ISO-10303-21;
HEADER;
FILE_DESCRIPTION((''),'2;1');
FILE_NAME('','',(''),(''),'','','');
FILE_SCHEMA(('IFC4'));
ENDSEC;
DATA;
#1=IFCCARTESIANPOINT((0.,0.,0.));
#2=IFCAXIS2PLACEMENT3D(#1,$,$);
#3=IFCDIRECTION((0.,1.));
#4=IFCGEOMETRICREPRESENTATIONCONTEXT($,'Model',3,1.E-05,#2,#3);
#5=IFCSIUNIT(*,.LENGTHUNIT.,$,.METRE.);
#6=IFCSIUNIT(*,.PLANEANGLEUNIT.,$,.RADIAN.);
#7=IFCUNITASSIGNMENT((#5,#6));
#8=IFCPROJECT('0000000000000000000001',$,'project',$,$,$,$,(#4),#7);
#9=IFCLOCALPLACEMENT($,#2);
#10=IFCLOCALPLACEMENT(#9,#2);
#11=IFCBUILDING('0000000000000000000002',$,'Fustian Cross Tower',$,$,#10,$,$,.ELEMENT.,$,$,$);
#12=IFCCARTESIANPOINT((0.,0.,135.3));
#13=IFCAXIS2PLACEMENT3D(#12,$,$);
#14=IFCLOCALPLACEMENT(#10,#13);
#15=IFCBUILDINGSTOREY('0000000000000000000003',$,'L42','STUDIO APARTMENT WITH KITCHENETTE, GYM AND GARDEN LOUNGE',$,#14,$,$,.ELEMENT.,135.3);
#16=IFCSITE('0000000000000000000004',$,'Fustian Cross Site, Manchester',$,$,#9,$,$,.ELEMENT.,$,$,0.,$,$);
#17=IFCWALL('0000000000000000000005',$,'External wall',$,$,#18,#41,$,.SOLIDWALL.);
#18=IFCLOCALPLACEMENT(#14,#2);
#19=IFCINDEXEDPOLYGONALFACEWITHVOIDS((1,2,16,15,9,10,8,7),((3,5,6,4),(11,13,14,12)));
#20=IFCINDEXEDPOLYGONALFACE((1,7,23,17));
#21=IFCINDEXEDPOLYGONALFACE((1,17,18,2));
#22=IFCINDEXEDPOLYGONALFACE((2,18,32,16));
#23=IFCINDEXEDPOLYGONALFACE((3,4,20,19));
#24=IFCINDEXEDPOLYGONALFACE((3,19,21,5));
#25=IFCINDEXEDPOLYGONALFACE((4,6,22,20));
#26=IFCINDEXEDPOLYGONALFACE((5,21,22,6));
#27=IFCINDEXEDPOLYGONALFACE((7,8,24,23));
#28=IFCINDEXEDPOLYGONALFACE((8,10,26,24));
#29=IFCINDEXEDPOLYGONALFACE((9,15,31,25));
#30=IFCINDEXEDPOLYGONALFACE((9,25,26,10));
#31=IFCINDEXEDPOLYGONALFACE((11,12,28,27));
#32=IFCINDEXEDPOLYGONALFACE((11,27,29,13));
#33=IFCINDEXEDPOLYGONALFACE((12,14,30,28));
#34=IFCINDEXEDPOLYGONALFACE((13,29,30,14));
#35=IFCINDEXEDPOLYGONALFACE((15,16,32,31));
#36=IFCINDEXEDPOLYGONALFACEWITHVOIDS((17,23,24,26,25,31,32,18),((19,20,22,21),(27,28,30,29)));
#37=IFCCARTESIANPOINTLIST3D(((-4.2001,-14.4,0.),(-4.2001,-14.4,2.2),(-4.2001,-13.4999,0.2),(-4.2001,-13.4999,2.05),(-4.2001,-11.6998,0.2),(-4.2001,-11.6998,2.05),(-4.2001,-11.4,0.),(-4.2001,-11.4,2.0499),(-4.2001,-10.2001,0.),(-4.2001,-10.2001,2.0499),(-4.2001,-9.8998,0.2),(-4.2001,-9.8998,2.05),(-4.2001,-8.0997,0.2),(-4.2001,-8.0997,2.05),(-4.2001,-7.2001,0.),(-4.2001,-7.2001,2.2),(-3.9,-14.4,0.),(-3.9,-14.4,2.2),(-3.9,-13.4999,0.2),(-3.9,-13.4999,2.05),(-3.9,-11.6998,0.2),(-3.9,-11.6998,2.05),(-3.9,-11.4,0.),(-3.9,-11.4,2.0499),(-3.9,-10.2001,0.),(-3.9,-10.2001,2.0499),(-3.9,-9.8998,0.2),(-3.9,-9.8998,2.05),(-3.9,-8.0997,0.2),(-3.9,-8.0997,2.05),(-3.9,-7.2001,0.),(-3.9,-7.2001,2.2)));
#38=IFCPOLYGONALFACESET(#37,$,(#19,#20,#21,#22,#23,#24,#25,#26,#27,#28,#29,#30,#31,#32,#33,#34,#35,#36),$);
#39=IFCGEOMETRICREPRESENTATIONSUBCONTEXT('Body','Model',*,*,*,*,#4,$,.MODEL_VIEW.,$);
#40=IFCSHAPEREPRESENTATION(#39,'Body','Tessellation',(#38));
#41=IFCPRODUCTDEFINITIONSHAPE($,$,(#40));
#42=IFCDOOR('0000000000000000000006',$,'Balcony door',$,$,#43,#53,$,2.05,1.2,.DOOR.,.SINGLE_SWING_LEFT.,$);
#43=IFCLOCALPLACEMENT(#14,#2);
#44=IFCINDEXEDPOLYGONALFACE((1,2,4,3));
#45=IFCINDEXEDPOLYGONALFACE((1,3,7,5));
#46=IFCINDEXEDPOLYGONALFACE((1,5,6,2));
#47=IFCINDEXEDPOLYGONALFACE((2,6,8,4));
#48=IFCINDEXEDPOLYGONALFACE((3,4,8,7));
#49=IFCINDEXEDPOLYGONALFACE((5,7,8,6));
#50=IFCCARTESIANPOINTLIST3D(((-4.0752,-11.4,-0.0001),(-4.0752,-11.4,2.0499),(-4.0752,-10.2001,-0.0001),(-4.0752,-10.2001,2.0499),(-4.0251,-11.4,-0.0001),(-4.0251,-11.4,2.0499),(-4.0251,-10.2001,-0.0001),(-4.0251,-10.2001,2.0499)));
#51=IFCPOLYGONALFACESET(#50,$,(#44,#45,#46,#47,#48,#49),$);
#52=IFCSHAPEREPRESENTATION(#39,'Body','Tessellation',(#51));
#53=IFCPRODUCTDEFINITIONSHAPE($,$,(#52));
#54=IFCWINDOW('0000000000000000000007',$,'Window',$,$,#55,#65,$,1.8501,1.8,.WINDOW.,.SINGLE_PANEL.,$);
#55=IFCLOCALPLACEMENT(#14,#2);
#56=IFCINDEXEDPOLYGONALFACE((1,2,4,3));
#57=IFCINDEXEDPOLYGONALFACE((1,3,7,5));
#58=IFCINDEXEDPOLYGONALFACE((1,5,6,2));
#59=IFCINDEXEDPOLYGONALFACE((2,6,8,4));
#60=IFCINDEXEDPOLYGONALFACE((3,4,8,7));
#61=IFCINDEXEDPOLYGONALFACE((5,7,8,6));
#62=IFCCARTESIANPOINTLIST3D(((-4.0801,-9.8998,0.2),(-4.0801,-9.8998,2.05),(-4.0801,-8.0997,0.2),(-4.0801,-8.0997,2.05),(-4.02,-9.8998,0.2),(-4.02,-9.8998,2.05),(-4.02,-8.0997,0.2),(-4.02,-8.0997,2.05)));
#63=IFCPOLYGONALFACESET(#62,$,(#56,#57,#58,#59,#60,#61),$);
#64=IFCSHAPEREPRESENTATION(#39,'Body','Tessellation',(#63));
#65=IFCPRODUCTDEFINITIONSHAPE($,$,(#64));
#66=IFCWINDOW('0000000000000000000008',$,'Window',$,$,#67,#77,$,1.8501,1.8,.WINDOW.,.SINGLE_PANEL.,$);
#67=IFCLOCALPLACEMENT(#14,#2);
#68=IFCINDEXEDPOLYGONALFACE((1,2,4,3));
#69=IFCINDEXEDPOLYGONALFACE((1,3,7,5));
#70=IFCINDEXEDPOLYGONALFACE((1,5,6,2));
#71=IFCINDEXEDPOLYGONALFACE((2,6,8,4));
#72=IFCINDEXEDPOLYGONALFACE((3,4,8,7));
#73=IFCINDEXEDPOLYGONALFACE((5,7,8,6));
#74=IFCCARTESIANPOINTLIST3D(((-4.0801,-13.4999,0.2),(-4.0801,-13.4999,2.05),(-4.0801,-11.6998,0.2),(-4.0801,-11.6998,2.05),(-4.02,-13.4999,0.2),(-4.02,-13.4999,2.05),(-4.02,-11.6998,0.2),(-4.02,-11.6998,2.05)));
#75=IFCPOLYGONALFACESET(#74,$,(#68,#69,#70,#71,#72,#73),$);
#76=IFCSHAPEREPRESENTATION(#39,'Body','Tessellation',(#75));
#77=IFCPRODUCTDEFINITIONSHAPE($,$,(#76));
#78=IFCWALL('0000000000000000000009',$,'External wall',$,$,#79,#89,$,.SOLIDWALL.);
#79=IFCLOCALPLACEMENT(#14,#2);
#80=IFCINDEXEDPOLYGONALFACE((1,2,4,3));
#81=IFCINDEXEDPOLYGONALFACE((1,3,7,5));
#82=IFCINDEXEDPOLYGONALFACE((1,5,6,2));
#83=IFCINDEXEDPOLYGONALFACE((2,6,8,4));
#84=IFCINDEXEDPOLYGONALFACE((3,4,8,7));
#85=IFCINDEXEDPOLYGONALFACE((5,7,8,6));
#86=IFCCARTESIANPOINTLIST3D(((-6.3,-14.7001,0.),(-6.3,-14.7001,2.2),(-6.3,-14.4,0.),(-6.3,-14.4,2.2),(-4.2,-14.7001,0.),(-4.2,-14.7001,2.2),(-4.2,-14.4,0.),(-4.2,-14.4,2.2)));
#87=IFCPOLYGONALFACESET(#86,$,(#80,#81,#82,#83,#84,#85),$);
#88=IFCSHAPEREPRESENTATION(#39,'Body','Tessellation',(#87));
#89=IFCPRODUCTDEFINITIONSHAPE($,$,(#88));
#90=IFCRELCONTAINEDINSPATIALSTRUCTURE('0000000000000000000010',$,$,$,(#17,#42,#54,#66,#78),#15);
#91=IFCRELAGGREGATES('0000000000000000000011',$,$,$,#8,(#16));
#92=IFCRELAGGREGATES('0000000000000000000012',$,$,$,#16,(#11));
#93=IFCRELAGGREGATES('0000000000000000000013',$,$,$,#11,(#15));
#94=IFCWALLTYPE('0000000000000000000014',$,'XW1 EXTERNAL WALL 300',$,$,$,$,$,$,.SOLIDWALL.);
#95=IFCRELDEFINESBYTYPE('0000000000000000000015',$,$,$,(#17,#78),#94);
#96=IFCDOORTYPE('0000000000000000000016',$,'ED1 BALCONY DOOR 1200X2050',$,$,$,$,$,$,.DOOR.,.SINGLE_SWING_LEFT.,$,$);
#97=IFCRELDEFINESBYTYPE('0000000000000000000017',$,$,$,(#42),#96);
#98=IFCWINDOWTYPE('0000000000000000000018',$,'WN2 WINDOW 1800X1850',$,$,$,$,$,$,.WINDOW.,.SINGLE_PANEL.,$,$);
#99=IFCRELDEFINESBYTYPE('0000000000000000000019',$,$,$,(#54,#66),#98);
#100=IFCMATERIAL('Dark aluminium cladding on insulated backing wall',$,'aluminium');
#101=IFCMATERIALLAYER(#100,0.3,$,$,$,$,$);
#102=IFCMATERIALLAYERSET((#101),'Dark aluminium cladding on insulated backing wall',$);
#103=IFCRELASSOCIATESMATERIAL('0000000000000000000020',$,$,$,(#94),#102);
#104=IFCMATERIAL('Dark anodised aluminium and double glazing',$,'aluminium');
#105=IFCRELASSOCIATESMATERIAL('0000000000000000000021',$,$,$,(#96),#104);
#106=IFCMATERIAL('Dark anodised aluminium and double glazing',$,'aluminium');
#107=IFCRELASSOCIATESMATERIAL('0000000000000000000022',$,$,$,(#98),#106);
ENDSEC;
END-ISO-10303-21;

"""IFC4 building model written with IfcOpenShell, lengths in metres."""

from ifc_helpers import new_model, si_unit, direction, frame, frame_2d, origin, place, context, subcontext, project, spatial, rectangle, extrude, material, layer, layer_set, type_object, element, fill, save


model = new_model("IFC4")

# Units and contexts
model_context = context("Model", 3, precision=1e-05, world=origin(), true_north=direction((0.0, 1.0)))
body_context = subcontext(model_context, "Body", "Model", "MODEL_VIEW")
ifc_project = project(units=[si_unit("LENGTHUNIT", "METRE"), si_unit("PLANEANGLEUNIT", "RADIAN")], contexts=[model_context])

# Site, building, storey
site_placement = place(None, origin())
site = spatial("IfcSite", under=ifc_project, at=site_placement, Name="Fustian Cross Site, Manchester", CompositionType="ELEMENT", RefElevation=0.0)
building_placement = place(site_placement, origin())
building = spatial("IfcBuilding", under=site, at=building_placement, Name="Fustian Cross Tower", CompositionType="ELEMENT")
storey_placement = place(building_placement, frame((0.0, 0.0, 135.3)))
storey = spatial("IfcBuildingStorey", under=building, at=storey_placement, Name="L42", Description="STUDIO APARTMENT WITH KITCHENETTE, GYM AND GARDEN LOUNGE", CompositionType="ELEMENT", Elevation=135.3)

# Shared definitions
ifc_material_1 = material(Name="Dark aluminium cladding on insulated backing wall", Category="aluminium")
ifc_layer_1 = layer(ifc_material_1, 0.3)
ifc_layer_set_1 = layer_set([ifc_layer_1], Name="Dark aluminium cladding on insulated backing wall")
wall_type_1 = type_object("IfcWallType", Name="XW1 EXTERNAL WALL 300", PredefinedType="SOLIDWALL", material=ifc_layer_set_1)

# Wall, openings, door, windows
wall_1_placement = place(storey_placement, frame((-4.05, -7.2, 0.0), z_axis=(0.0, 0.0, 1.0), x_axis=(0.0, -1.0, 0.0)))
wall_1 = element("IfcWall", 1, at=wall_1_placement, inside=storey, type_object=wall_type_1, Name="External wall", PredefinedType="SOLIDWALL", context=body_context, shape_type="SweptSolid", body=[
    extrude(rectangle(XDim=7.2, YDim=0.3, at=frame_2d((3.6001, 0.0))), origin(), (0.0, 0.0, 1.0), 2.2),
])
opening_1_placement = place(wall_1_placement, frame((3.0, 0.0, 0.0)))
opening_1 = element("IfcOpeningElement", 2, at=opening_1_placement, cuts=wall_1, PredefinedType="OPENING", context=body_context, shape_type="SweptSolid", body=[
    extrude(rectangle(XDim=1.2, YDim=2.05, at=frame_2d((0.6001, 1.0249))), frame((0.0, 0.1599, 0.0), z_axis=(0.0, -1.0, 0.0), x_axis=(1.0, 0.0, 0.0)), (0.0, 0.0, 1.0), 0.3201),
])
opening_2_placement = place(wall_1_placement, frame((0.8999, 0.0, 0.2)))
opening_2 = element("IfcOpeningElement", 3, at=opening_2_placement, cuts=wall_1, PredefinedType="OPENING", context=body_context, shape_type="SweptSolid", body=[
    extrude(rectangle(XDim=1.8, YDim=1.8501, at=frame_2d((0.8999, 0.925))), frame((0.0, 0.1599, 0.0), z_axis=(0.0, -1.0, 0.0), x_axis=(1.0, 0.0, 0.0)), (0.0, 0.0, 1.0), 0.3201),
])
opening_3_placement = place(wall_1_placement, frame((4.5, 0.0, 0.2)))
opening_3 = element("IfcOpeningElement", 4, at=opening_3_placement, cuts=wall_1, PredefinedType="OPENING", context=body_context, shape_type="SweptSolid", body=[
    extrude(rectangle(XDim=1.8, YDim=1.8501, at=frame_2d((0.8999, 0.925))), frame((0.0, 0.1599, 0.0), z_axis=(0.0, -1.0, 0.0), x_axis=(1.0, 0.0, 0.0)), (0.0, 0.0, 1.0), 0.3201),
])
ifc_material_2 = material(Name="Dark anodised aluminium and double glazing", Category="aluminium")
door_type_1 = type_object("IfcDoorType", Name="ED1 BALCONY DOOR 1200X2050", OperationType="SINGLE_SWING_LEFT", PredefinedType="DOOR", material=ifc_material_2)
door_1_placement = place(opening_1_placement, origin())
door_1 = element("IfcDoor", 5, at=door_1_placement, inside=storey, type_object=door_type_1, Name="Balcony door", OperationType="SINGLE_SWING_LEFT", OverallHeight=2.05, OverallWidth=1.2, PredefinedType="DOOR", context=body_context, shape_type="SweptSolid", body=[
    extrude(rectangle(XDim=1.2, YDim=2.05, at=frame_2d((0.6001, 1.0249))), frame((0.0, 0.0249, 0.0), z_axis=(0.0, -1.0, 0.0), x_axis=(1.0, 0.0, 0.0)), (0.0, 0.0, 1.0), 0.05),
])
fill(opening_1, door_1)
ifc_material_3 = material(Name="Dark anodised aluminium and double glazing", Category="aluminium")
window_type = type_object("IfcWindowType", Name="WN2 WINDOW 1800X1850", PartitioningType="SINGLE_PANEL", PredefinedType="WINDOW", material=ifc_material_3)
window_1_placement = place(opening_2_placement, origin())
window_1 = element("IfcWindow", 6, at=window_1_placement, inside=storey, type_object=window_type, Name="Window", OverallHeight=1.8501, OverallWidth=1.8, PartitioningType="SINGLE_PANEL", PredefinedType="WINDOW", context=body_context, shape_type="SweptSolid", body=[
    extrude(rectangle(XDim=1.8, YDim=1.8501, at=frame_2d((0.8999, 0.925))), frame((0.0, 0.03, 0.0), z_axis=(0.0, -1.0, 0.0), x_axis=(1.0, 0.0, 0.0)), (0.0, 0.0, 1.0), 0.0601),
])
fill(opening_2, window_1)
window_2_placement = place(opening_3_placement, origin())
window_2 = element("IfcWindow", 7, at=window_2_placement, inside=storey, type_object=window_type, Name="Window", OverallHeight=1.8501, OverallWidth=1.8, PartitioningType="SINGLE_PANEL", PredefinedType="WINDOW", context=body_context, shape_type="SweptSolid", body=[
    extrude(rectangle(XDim=1.8, YDim=1.8501, at=frame_2d((0.8999, 0.925))), frame((0.0, 0.03, 0.0), z_axis=(0.0, -1.0, 0.0), x_axis=(1.0, 0.0, 0.0)), (0.0, 0.0, 1.0), 0.0601),
])
fill(opening_3, window_2)

# Wall
wall_2_placement = place(storey_placement, frame((-4.2, -14.55, 0.0), z_axis=(0.0, 0.0, 1.0), x_axis=(-1.0, 0.0, 0.0)))
element("IfcWall", 8, at=wall_2_placement, inside=storey, type_object=wall_type_1, Name="External wall", PredefinedType="SOLIDWALL", context=body_context, shape_type="SweptSolid", body=[
    extrude(rectangle(XDim=2.1001, YDim=0.3, at=frame_2d((1.05, 0.0))), origin(), (0.0, 0.0, 1.0), 2.2),
])

save(model, "model.ifc")
